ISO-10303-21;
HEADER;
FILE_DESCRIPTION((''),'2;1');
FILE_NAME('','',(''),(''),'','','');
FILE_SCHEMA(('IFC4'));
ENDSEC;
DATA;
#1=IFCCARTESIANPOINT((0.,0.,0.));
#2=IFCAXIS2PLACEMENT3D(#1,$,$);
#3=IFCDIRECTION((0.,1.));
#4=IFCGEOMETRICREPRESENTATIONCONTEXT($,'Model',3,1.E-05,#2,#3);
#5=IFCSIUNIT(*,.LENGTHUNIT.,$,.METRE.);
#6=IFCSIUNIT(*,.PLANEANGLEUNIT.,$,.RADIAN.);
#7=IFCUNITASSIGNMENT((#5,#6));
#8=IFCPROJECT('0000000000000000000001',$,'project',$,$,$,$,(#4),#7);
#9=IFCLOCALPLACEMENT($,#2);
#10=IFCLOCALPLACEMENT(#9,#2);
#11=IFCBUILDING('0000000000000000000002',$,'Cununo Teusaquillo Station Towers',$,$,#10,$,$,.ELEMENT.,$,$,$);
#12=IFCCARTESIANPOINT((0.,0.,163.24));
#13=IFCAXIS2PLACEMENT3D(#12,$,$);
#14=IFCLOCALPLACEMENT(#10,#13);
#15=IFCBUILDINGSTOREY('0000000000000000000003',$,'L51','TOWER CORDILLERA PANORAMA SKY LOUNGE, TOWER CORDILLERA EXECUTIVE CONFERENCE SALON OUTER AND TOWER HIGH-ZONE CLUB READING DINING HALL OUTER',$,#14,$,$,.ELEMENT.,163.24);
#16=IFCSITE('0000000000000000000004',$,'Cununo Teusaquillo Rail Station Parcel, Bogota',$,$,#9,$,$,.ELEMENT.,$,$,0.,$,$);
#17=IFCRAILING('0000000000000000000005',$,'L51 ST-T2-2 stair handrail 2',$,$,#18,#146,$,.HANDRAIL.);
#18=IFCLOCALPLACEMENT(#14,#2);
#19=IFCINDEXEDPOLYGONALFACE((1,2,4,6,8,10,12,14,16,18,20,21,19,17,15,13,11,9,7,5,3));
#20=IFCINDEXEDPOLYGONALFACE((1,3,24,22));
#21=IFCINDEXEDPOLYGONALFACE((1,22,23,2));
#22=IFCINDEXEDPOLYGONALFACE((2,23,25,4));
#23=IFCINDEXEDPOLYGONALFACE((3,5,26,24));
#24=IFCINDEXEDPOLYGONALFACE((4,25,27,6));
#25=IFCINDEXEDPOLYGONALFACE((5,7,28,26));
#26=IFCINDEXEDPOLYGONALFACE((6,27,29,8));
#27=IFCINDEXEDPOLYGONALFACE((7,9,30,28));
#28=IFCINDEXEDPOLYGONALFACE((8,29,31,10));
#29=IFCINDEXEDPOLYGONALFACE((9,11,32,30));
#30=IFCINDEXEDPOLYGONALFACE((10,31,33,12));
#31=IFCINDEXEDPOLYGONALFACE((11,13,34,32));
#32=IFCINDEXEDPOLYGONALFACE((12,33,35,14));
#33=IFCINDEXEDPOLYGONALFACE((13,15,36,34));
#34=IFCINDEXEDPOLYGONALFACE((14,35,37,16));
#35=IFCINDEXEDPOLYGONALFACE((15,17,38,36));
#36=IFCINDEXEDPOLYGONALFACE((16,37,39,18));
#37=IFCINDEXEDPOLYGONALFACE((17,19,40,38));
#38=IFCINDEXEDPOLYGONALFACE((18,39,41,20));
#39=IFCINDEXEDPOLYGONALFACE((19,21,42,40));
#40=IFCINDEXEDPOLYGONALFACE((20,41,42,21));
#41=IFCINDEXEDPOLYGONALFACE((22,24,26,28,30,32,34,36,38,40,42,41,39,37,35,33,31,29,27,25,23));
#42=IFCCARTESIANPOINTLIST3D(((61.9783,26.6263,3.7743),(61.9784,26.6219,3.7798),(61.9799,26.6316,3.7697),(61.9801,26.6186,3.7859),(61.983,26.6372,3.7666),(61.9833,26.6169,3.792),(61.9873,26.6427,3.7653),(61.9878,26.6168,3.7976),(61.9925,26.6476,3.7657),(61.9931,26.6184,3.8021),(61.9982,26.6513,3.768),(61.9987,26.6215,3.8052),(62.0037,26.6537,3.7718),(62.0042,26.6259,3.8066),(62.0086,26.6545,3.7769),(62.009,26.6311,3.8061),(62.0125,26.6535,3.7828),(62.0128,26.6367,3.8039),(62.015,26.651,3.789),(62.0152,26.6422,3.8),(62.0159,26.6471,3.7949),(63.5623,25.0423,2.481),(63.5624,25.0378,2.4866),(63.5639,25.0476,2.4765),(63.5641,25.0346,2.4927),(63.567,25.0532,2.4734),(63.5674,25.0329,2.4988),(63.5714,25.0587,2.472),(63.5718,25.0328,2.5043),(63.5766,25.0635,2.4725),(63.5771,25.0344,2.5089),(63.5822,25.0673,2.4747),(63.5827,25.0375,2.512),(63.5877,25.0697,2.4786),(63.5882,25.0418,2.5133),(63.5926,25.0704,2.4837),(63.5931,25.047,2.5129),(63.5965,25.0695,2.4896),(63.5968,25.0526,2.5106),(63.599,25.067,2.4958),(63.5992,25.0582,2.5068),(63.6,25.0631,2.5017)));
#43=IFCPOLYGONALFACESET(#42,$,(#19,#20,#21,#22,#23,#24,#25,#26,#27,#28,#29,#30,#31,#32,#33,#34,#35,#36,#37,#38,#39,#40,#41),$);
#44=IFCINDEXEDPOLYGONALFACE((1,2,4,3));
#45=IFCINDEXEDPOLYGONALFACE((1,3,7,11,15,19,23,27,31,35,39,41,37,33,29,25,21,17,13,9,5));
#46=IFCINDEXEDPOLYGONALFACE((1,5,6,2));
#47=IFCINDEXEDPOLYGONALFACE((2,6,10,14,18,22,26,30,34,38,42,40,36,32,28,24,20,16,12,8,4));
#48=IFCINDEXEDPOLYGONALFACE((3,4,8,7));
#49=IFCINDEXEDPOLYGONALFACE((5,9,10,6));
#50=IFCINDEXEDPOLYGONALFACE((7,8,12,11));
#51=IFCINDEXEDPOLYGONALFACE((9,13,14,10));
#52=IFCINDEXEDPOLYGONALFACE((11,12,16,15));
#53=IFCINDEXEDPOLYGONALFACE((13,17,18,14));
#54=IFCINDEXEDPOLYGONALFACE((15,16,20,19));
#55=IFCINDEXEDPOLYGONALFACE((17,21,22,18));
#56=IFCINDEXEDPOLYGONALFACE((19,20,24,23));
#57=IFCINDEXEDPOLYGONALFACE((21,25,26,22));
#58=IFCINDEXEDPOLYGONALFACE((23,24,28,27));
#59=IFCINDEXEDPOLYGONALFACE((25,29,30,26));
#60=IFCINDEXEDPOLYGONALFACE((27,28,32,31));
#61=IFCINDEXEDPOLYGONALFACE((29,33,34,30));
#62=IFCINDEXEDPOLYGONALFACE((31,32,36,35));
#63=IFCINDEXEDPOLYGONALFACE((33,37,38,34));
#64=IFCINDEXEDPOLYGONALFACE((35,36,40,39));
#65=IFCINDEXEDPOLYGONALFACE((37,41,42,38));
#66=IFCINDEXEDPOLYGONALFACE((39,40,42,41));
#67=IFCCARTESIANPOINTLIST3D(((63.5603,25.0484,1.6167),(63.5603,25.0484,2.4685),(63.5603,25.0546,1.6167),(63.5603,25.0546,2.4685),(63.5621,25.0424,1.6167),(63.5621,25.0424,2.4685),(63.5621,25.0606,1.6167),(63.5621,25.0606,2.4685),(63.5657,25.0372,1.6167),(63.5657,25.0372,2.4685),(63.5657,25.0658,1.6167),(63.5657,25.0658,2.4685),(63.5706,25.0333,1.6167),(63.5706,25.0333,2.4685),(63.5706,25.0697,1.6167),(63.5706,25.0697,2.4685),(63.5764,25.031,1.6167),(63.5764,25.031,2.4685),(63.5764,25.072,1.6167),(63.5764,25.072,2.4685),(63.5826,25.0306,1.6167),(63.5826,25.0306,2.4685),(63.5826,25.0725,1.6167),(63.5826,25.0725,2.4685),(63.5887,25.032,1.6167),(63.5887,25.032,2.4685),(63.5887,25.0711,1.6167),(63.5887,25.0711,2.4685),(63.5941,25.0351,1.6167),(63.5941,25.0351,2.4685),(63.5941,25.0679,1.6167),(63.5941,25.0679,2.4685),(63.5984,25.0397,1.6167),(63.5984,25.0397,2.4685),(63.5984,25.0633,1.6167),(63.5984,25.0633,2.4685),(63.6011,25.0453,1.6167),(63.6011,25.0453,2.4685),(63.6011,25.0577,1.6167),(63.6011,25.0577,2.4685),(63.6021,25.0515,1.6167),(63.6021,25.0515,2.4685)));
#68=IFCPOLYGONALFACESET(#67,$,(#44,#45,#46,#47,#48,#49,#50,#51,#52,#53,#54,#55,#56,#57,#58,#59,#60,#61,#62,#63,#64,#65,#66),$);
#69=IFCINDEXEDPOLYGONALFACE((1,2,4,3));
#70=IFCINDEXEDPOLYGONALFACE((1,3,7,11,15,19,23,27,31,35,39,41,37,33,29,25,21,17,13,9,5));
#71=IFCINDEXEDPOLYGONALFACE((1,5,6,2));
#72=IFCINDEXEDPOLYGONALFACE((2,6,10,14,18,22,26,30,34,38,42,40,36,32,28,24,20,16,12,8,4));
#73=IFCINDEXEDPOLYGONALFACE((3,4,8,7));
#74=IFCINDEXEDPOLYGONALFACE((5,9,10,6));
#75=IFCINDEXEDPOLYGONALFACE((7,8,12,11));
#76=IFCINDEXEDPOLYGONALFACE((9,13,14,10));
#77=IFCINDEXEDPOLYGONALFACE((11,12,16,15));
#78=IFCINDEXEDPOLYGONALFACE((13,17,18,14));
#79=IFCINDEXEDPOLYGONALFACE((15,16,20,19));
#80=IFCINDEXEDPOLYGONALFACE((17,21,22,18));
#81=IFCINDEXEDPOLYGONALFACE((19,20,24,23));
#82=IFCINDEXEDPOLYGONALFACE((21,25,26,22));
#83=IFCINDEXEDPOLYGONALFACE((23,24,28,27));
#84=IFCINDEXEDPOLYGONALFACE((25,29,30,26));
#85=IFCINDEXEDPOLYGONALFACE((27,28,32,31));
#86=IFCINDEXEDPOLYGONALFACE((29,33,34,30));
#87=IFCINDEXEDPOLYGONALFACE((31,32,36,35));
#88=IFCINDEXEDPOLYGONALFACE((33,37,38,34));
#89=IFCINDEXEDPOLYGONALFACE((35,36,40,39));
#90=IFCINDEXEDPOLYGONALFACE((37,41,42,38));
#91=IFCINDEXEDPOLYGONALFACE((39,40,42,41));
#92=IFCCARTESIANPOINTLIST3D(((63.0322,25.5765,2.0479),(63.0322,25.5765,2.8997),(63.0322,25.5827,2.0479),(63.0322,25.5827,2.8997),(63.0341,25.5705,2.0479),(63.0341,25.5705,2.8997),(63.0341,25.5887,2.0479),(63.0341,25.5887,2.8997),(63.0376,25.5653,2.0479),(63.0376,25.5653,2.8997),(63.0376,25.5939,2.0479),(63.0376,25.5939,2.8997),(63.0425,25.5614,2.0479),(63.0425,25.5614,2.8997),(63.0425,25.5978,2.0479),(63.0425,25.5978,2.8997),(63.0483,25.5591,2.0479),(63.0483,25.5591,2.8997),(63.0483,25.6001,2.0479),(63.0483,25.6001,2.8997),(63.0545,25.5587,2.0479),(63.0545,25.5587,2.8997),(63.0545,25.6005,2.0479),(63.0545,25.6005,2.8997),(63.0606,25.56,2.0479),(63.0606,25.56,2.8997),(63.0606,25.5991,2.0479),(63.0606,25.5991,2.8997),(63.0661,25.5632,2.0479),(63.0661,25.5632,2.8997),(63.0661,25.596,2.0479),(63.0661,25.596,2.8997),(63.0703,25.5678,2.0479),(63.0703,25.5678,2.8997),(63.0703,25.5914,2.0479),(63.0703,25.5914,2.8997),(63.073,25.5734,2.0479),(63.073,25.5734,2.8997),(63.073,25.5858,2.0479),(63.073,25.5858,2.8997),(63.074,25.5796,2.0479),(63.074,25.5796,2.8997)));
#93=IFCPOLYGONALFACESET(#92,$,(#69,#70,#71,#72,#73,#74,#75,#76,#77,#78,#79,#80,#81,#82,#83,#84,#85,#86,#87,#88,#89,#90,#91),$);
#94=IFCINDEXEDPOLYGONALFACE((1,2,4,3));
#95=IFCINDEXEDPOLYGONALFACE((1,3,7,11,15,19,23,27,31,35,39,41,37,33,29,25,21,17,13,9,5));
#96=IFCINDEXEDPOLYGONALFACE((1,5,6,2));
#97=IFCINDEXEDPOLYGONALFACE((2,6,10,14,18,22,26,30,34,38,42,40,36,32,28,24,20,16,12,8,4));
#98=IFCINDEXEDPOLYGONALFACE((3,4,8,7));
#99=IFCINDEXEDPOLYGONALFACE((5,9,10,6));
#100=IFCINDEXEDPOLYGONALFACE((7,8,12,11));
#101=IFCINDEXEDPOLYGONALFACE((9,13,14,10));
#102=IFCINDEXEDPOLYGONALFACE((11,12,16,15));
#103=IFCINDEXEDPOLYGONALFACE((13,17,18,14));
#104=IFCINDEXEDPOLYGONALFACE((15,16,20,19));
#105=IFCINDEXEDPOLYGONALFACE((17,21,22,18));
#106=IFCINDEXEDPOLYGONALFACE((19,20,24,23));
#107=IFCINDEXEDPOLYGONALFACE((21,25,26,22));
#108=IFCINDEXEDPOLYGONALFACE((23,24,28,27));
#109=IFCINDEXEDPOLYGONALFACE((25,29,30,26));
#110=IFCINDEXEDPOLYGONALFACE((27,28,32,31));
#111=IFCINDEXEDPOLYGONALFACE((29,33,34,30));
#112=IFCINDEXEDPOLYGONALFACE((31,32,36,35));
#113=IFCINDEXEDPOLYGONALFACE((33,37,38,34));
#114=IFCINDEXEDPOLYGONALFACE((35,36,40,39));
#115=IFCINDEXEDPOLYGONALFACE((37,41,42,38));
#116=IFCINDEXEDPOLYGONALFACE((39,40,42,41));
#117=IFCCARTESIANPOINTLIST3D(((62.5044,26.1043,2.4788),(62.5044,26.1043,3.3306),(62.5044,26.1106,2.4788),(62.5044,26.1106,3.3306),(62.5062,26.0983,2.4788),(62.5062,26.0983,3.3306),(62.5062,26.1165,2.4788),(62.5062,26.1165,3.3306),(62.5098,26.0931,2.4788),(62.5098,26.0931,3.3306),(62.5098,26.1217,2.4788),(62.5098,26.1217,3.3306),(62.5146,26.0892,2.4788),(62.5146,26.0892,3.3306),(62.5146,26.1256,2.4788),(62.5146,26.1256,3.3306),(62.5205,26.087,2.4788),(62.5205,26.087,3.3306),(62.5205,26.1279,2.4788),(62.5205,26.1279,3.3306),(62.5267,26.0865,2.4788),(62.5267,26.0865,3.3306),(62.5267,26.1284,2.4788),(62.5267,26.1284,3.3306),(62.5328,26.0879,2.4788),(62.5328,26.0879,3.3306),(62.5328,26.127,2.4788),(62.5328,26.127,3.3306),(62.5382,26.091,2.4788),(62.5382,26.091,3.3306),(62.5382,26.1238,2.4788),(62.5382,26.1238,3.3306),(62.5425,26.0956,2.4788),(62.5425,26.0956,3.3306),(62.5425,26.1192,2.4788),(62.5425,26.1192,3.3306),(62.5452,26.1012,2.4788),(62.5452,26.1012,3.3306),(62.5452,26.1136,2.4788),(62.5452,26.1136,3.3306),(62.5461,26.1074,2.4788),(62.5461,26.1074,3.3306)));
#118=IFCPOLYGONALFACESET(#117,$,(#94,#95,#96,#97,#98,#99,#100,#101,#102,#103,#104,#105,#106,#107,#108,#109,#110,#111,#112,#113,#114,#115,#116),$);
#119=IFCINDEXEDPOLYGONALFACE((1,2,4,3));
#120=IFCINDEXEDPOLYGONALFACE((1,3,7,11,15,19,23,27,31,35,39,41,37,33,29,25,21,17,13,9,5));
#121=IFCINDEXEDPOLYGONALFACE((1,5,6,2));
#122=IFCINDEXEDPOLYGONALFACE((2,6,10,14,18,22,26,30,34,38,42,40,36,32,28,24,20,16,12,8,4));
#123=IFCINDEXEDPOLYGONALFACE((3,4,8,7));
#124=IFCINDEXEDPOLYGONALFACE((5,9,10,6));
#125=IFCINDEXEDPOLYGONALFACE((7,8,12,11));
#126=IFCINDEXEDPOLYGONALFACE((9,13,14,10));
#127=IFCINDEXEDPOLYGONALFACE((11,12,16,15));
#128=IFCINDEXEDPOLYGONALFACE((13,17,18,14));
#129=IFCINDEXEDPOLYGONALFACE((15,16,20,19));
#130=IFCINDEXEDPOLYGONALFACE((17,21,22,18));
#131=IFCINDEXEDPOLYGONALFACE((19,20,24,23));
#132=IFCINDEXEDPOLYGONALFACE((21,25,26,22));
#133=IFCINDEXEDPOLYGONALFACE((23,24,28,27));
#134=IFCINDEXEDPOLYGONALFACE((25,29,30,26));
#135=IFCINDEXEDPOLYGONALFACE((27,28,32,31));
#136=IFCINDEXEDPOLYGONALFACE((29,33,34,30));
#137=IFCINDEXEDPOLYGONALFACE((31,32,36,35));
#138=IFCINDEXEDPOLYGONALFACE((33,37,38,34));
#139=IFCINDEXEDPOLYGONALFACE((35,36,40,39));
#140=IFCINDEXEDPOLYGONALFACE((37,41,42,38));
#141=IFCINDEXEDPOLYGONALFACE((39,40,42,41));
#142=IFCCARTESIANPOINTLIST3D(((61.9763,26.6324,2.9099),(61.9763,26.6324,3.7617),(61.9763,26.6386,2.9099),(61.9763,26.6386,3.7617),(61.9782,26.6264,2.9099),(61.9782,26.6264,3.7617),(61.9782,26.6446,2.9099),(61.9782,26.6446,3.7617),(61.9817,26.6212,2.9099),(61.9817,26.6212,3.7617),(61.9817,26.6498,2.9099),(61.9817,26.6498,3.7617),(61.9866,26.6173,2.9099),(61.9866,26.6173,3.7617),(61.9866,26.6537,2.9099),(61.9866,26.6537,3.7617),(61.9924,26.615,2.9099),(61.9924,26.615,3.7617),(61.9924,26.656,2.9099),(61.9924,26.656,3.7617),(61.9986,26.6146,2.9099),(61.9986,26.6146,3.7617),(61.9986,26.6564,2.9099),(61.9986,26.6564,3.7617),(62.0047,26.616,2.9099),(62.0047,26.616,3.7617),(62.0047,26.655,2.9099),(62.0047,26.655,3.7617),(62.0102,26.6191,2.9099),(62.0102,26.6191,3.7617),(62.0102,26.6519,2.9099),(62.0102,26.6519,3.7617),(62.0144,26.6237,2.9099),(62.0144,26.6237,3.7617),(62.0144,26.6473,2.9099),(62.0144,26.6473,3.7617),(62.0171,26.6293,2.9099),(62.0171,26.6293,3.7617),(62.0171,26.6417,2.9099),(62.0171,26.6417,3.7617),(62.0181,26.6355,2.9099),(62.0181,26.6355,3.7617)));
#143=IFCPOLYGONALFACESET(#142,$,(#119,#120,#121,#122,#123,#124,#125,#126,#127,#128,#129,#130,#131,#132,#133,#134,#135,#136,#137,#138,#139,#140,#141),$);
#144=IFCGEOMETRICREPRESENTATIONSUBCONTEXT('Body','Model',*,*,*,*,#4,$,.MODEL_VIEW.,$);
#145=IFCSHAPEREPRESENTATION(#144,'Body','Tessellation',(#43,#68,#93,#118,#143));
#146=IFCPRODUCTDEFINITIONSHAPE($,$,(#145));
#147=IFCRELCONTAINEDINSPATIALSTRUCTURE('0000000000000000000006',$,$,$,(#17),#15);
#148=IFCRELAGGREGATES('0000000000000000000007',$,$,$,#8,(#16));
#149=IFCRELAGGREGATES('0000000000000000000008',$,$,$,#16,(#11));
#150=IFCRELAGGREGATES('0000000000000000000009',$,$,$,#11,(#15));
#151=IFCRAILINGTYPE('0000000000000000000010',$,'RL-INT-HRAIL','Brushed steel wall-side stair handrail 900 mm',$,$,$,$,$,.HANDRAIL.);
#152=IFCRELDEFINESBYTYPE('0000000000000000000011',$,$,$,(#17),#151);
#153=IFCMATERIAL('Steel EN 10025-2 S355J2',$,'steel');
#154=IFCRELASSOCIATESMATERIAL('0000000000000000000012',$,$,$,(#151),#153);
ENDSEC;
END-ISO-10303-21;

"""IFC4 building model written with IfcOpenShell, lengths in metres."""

from ifc_helpers import new_model, si_unit, direction, frame, origin, origin_2d, place, context, subcontext, project, spatial, circle, extrude, material, type_object, element, save


model = new_model("IFC4")

# Units and contexts
model_context = context("Model", 3, precision=1e-05, world=origin(), true_north=direction((0.0, 1.0)))
body_context = subcontext(model_context, "Body", "Model", "MODEL_VIEW")
ifc_project = project(units=[si_unit("LENGTHUNIT", "METRE"), si_unit("PLANEANGLEUNIT", "RADIAN")], contexts=[model_context])

# Site, building, storey
site_placement = place(None, origin())
site = spatial("IfcSite", under=ifc_project, at=site_placement, Name="Cununo Teusaquillo Rail Station Parcel, Bogota", CompositionType="ELEMENT", RefElevation=0.0)
building_placement = place(site_placement, origin())
building = spatial("IfcBuilding", under=site, at=building_placement, Name="Cununo Teusaquillo Station Towers", CompositionType="ELEMENT")
storey_placement = place(building_placement, frame((0.0, 0.0, 163.24)))
storey = spatial("IfcBuildingStorey", under=building, at=storey_placement, Name="L51", Description="TOWER CORDILLERA PANORAMA SKY LOUNGE, TOWER CORDILLERA EXECUTIVE CONFERENCE SALON OUTER AND TOWER HIGH-ZONE CLUB READING DINING HALL OUTER", CompositionType="ELEMENT", Elevation=163.24)

# Railing
ifc_material_1 = material(Name="Steel EN 10025-2 S355J2", Category="steel")
railing_type_1 = type_object("IfcRailingType", Name="RL-INT-HRAIL", Description="Brushed steel wall-side stair handrail 900 mm", PredefinedType="HANDRAIL", material=ifc_material_1)
railing_1_placement = place(storey_placement, frame((63.5811, 25.0515, 1.6167)))
element("IfcRailing", 1, at=railing_1_placement, inside=storey, type_object=railing_type_1, Name="L51 ST-T2-2 stair handrail 2", PredefinedType="HANDRAIL", context=body_context, shape_type="SweptSolid", body=[
    extrude(circle(Radius=0.0239, at=origin_2d()), frame((0.0, 0.0, 0.876), z_axis=(-0.612385, 0.612385, 0.49997), x_axis=(-0.707107, -0.707107, 0.0)), (0.0, 0.0, 1.0), 2.5867),
    extrude(circle(Radius=0.021, at=origin_2d()), origin(), (0.0, 0.0, 1.0), 0.8518),
    extrude(circle(Radius=0.021, at=origin_2d()), frame((-0.5281, 0.5281, 0.4312)), (0.0, 0.0, 1.0), 0.8518),
    extrude(circle(Radius=0.021, at=origin_2d()), frame((-1.0559, 1.0559, 0.8621)), (0.0, 0.0, 1.0), 0.8518),
    extrude(circle(Radius=0.021, at=origin_2d()), frame((-1.584, 1.584, 1.2932)), (0.0, 0.0, 1.0), 0.8518),
])

save(model, "model.ifc")
